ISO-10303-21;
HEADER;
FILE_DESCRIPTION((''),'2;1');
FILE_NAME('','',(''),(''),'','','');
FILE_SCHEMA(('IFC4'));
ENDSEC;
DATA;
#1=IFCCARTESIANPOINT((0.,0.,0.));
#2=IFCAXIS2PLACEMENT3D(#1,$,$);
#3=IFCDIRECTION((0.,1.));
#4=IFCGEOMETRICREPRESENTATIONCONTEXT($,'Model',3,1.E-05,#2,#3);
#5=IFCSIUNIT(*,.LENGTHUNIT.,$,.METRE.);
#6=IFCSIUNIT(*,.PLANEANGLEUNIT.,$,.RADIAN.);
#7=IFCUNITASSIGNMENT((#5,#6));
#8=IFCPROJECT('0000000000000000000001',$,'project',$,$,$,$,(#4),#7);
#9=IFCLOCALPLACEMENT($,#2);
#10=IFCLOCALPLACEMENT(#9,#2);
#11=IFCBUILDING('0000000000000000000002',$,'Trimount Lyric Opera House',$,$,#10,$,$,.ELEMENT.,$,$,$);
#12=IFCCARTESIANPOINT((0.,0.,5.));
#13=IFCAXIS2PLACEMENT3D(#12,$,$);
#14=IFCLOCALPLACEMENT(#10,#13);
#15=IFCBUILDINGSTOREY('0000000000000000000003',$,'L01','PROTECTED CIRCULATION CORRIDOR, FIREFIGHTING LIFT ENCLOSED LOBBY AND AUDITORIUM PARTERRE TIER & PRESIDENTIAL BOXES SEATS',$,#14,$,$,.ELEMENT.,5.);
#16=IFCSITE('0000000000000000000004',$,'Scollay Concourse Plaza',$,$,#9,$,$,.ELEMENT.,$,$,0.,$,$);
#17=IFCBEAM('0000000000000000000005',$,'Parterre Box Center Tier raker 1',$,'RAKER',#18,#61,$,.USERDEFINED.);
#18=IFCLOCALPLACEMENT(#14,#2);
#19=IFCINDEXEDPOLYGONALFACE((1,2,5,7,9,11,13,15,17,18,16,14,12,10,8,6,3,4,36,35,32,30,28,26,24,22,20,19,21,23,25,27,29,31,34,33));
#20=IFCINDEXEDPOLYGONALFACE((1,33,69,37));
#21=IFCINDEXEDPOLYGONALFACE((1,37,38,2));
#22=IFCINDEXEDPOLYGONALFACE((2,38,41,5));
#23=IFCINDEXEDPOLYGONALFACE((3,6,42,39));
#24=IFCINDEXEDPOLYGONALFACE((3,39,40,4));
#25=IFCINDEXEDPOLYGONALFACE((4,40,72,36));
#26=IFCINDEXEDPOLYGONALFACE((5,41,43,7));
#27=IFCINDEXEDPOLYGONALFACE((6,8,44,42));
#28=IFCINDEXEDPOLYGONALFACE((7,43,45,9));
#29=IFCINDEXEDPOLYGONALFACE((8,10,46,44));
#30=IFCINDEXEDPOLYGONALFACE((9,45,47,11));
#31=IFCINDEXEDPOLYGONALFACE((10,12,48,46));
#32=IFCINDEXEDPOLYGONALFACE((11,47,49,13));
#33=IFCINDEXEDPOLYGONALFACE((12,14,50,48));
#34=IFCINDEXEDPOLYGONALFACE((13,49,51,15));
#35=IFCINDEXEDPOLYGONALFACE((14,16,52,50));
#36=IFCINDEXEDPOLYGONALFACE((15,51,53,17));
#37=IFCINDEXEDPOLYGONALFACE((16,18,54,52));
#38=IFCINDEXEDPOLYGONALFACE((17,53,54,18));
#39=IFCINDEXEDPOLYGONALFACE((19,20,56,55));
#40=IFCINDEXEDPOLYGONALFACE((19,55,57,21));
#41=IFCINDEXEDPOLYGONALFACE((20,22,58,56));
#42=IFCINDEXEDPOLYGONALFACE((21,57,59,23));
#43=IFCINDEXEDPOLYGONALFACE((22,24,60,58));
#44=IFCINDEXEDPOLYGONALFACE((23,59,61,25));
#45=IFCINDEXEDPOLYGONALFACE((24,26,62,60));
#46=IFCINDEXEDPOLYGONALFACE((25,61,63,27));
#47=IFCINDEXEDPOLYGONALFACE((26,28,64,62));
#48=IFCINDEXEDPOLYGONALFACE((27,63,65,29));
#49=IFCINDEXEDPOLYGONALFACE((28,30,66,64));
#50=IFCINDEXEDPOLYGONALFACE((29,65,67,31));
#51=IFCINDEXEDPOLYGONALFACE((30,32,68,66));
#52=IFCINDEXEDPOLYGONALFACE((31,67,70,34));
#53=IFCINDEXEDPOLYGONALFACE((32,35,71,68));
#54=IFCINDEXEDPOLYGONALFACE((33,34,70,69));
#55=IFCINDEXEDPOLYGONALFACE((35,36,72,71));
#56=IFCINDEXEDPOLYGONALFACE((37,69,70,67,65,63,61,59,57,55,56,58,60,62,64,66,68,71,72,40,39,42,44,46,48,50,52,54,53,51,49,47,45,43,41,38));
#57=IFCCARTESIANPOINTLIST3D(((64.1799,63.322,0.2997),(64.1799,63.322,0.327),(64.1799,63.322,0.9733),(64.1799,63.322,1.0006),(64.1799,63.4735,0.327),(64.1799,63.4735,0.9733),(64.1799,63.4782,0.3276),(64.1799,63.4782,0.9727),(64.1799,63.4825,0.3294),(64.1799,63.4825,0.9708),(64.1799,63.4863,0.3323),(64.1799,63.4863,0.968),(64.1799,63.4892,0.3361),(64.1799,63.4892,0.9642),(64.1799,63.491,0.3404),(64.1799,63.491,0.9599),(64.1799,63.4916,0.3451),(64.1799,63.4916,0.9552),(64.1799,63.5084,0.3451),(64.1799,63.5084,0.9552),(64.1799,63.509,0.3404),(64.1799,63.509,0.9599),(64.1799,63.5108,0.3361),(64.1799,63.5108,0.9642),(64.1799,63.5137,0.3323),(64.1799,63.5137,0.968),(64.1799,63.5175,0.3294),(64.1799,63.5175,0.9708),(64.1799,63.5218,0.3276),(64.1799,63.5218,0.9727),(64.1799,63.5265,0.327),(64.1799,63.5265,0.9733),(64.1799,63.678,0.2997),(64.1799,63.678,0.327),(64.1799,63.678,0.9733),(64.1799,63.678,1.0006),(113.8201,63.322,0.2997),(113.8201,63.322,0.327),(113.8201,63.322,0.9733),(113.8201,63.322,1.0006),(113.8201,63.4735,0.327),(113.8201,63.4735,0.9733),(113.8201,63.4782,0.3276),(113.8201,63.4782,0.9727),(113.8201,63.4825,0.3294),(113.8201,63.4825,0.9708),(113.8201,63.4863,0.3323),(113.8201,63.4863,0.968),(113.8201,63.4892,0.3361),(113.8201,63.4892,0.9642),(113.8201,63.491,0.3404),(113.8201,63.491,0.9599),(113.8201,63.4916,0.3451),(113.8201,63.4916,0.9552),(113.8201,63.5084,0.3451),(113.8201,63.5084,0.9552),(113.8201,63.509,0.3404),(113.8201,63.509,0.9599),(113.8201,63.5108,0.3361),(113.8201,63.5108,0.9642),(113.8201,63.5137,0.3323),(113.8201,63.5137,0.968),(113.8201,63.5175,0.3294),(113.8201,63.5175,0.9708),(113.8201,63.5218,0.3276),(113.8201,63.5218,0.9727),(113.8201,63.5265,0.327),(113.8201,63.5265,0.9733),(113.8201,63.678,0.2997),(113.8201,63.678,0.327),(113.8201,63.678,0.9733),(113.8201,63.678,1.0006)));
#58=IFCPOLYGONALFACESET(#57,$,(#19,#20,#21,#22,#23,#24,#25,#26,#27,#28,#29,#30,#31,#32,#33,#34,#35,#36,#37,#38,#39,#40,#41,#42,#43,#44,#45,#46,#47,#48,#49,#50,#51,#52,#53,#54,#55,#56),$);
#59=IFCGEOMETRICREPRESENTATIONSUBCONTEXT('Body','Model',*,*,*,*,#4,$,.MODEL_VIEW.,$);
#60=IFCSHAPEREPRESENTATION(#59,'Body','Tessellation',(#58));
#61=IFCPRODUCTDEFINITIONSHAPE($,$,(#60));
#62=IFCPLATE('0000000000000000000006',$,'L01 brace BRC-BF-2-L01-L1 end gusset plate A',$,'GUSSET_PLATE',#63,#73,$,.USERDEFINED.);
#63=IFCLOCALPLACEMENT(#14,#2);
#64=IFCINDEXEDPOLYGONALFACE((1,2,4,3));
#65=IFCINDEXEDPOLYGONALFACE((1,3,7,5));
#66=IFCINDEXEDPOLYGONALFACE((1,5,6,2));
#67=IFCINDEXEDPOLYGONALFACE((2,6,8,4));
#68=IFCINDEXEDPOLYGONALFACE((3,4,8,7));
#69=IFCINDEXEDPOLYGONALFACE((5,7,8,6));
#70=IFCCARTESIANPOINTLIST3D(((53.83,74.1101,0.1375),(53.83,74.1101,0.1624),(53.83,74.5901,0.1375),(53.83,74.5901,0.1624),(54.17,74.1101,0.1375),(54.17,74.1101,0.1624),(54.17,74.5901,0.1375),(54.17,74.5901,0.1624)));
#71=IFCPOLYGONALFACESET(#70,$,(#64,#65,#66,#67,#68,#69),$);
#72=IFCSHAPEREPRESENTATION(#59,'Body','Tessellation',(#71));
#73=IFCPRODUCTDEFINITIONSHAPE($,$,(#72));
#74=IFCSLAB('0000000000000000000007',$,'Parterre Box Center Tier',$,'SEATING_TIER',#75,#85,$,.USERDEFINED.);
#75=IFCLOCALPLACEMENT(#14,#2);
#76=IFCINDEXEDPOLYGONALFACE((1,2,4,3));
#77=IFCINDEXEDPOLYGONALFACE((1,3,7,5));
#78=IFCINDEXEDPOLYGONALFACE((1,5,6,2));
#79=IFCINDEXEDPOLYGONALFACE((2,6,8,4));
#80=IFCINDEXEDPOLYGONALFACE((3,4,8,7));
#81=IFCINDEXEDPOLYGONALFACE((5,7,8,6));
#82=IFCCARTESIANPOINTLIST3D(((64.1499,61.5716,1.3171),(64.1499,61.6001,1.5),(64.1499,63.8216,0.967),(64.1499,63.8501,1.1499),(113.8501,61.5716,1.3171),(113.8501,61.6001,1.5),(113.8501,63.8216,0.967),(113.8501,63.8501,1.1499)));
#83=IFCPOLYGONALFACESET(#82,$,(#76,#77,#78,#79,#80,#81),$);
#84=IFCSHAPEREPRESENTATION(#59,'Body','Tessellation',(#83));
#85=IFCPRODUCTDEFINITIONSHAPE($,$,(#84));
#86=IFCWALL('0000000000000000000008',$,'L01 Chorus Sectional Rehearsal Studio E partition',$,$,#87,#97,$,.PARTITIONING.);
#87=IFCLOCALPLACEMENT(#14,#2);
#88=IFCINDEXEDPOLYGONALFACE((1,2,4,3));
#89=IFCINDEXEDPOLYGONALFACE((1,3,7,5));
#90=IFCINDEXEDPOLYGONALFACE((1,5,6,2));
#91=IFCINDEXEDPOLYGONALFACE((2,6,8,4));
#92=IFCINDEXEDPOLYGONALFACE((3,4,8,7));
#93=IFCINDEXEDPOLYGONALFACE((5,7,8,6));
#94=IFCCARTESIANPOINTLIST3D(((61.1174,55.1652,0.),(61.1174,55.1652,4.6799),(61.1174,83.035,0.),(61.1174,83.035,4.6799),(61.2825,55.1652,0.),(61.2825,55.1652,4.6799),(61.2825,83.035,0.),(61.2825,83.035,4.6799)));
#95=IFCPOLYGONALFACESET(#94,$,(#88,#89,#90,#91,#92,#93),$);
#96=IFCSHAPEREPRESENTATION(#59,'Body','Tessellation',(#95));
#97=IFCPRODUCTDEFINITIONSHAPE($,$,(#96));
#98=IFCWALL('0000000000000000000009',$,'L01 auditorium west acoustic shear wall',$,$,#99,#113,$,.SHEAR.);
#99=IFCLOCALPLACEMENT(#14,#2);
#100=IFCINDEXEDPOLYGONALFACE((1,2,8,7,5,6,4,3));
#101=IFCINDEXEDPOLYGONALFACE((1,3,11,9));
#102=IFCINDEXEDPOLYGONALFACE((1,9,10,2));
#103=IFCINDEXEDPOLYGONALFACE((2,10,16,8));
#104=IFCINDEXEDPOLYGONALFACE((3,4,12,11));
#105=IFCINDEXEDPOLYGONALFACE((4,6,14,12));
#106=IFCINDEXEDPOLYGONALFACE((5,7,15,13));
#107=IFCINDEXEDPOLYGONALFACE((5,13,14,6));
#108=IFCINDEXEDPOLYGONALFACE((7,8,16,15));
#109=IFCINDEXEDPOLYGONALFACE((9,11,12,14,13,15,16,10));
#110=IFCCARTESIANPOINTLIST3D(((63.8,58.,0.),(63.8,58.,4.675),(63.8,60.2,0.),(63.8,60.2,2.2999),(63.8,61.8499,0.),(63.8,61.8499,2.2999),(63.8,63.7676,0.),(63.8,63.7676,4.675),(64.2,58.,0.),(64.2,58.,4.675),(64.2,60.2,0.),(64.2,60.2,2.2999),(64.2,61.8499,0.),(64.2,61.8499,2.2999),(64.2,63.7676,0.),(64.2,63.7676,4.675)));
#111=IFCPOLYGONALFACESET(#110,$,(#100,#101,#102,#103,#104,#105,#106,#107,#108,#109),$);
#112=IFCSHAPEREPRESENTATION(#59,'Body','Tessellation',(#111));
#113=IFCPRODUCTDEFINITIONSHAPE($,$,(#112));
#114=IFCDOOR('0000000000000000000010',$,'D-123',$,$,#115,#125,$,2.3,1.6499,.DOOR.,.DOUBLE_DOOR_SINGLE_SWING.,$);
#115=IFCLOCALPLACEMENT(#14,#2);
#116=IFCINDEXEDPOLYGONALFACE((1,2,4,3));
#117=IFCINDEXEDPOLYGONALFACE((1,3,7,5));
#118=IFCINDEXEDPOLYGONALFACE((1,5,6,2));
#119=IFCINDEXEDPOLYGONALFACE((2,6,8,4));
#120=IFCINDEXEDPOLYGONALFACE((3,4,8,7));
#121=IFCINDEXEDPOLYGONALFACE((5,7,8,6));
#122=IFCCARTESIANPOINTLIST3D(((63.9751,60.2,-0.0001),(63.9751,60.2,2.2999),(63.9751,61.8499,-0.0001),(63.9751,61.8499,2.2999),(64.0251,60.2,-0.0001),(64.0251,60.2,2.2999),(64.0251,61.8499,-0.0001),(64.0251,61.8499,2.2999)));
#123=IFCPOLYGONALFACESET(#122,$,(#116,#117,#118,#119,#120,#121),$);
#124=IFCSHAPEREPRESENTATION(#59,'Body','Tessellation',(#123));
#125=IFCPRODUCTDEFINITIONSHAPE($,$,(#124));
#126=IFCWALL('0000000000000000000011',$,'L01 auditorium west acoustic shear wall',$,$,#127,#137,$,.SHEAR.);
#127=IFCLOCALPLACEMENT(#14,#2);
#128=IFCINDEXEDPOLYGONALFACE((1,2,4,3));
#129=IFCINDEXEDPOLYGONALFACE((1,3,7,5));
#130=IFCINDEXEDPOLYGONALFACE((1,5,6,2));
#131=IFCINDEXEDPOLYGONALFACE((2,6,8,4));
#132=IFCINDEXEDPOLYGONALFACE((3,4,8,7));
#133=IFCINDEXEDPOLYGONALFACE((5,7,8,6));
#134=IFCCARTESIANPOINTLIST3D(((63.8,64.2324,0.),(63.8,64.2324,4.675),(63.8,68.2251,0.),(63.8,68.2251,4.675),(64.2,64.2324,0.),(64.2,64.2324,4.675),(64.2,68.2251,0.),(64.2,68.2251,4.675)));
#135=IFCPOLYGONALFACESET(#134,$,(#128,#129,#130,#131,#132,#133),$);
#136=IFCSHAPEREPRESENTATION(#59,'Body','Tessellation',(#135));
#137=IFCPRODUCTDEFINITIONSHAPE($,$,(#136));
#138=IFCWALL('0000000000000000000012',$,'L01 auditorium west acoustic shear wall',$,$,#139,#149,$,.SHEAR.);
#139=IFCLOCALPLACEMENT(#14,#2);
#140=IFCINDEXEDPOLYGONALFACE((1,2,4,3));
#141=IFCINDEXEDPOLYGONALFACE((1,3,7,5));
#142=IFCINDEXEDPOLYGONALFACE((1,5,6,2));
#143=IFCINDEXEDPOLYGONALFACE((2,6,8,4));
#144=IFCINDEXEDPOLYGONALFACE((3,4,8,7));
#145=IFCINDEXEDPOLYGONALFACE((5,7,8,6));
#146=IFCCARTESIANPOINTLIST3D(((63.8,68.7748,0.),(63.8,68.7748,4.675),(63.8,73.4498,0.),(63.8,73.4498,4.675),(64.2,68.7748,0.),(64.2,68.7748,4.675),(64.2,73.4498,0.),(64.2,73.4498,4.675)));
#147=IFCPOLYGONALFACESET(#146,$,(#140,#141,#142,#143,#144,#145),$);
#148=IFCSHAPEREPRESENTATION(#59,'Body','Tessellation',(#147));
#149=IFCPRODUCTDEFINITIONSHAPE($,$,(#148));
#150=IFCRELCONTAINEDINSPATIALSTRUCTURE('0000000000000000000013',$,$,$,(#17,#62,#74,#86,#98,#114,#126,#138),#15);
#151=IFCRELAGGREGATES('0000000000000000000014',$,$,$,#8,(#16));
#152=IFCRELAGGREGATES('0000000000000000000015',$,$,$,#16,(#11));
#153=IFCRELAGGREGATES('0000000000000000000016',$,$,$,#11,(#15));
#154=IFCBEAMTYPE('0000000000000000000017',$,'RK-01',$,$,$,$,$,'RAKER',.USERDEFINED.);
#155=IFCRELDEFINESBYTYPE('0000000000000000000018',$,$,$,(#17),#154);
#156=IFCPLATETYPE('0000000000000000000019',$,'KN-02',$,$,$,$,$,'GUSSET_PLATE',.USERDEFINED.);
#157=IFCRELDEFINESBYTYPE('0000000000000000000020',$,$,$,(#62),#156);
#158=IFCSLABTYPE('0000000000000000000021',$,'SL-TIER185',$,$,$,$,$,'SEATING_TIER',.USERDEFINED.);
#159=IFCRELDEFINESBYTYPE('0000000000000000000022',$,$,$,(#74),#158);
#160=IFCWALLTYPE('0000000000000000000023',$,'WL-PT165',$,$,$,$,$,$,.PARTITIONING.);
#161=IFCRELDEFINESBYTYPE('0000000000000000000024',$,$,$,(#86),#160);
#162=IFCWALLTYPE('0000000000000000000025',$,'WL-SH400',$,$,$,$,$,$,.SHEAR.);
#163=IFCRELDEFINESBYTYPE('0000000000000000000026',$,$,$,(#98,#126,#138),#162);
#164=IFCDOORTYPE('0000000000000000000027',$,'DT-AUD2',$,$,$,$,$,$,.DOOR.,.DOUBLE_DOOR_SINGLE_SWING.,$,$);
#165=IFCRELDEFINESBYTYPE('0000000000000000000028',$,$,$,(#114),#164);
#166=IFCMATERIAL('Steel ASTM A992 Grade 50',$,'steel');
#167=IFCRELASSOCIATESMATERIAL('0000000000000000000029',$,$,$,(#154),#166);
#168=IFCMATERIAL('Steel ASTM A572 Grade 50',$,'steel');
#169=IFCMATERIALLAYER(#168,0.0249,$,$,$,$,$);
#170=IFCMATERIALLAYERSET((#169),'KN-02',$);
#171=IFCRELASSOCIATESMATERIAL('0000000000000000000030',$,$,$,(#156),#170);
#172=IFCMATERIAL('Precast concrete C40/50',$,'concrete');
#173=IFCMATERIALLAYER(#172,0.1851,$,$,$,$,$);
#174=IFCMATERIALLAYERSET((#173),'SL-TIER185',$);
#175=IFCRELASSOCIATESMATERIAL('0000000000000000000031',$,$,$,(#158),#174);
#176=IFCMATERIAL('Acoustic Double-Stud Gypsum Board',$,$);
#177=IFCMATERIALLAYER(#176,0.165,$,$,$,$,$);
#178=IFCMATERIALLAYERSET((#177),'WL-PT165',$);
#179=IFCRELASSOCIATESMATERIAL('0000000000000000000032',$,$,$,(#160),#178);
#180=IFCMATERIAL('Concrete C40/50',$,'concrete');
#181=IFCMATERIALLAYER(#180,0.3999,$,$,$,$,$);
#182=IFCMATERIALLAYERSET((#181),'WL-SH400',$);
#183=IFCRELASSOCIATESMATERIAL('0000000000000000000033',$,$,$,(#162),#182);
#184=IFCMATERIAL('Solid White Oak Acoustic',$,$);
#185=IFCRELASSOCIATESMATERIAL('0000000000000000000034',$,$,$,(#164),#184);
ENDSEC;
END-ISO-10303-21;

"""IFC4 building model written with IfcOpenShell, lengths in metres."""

from ifc_helpers import new_model, si_unit, direction, frame, frame_2d, origin, origin_2d, place, context, subcontext, project, spatial, polyline, rectangle, i_section, outline, extrude, material, layer, layer_set, material_profile, profile_set, type_object, element, fill, save


model = new_model("IFC4")

# Units and contexts
model_context = context("Model", 3, precision=1e-05, world=origin(), true_north=direction((0.0, 1.0)))
body_context = subcontext(model_context, "Body", "Model", "MODEL_VIEW")
ifc_project = project(units=[si_unit("LENGTHUNIT", "METRE"), si_unit("PLANEANGLEUNIT", "RADIAN")], contexts=[model_context])

# Site, building, storey
site_placement = place(None, origin())
site = spatial("IfcSite", under=ifc_project, at=site_placement, Name="Scollay Concourse Plaza", CompositionType="ELEMENT", RefElevation=0.0)
building_placement = place(site_placement, origin())
building = spatial("IfcBuilding", under=site, at=building_placement, Name="Trimount Lyric Opera House", CompositionType="ELEMENT")
storey_placement = place(building_placement, frame((0.0, 0.0, 5.0)))
storey = spatial("IfcBuildingStorey", under=building, at=storey_placement, Name="L01", Description="PROTECTED CIRCULATION CORRIDOR, FIREFIGHTING LIFT ENCLOSED LOBBY AND AUDITORIUM PARTERRE TIER & PRESIDENTIAL BOXES SEATS", CompositionType="ELEMENT", Elevation=5.0)

# Beam
ifc_material_1 = material(Name="Steel ASTM A992 Grade 50", Category="steel")
ifc_material_profile_1 = material_profile(ifc_material_1, i_section(OverallWidth=0.356, OverallDepth=0.7009, WebThickness=0.0168, FlangeThickness=0.0273, FilletRadius=0.0181, at=origin_2d()), Name="W27X161")
ifc_profile_set_1 = profile_set([ifc_material_profile_1], Name="Steel ASTM A992 Grade 50")
beam_type_1 = type_object("IfcBeamType", Name="RK-01", ElementType="RAKER", PredefinedType="USERDEFINED", material=ifc_profile_set_1)
beam_1_placement = place(storey_placement, frame((64.1799, 63.5, 0.6501), z_axis=(1.0, 0.0, 0.0), x_axis=(0.0, 1.0, 0.0)))
element("IfcBeam", 1, at=beam_1_placement, inside=storey, type_object=beam_type_1, Name="Parterre Box Center Tier raker 1", ObjectType="RAKER", PredefinedType="USERDEFINED", context=body_context, shape_type="SweptSolid", body=[
    extrude(i_section(OverallWidth=0.356, OverallDepth=0.7009, WebThickness=0.0168, FlangeThickness=0.0273, FilletRadius=0.0181, at=origin_2d()), origin(), (0.0, 0.0, 1.0), 49.6401),
])

# Plate
ifc_material_2 = material(Name="Steel ASTM A572 Grade 50", Category="steel")
ifc_layer_1 = layer(ifc_material_2, 0.0249)
ifc_layer_set_1 = layer_set([ifc_layer_1], Name="KN-02")
plate_type = type_object("IfcPlateType", Name="KN-02", ElementType="GUSSET_PLATE", PredefinedType="USERDEFINED", material=ifc_layer_set_1)
plate_placement = place(storey_placement, frame((54.0, 74.3501, 0.1375), z_axis=(0.0, 0.0, 1.0), x_axis=(0.0, 1.0, 0.0)))
element("IfcPlate", 2, at=plate_placement, inside=storey, type_object=plate_type, Name="L01 brace BRC-BF-2-L01-L1 end gusset plate A", ObjectType="GUSSET_PLATE", PredefinedType="USERDEFINED", context=body_context, shape_type="SweptSolid", body=[
    extrude(rectangle(XDim=0.48, YDim=0.3401, at=origin_2d()), origin(), (0.0, 0.0, 1.0), 0.0249),
])

# Slab
ifc_material_3 = material(Name="Precast concrete C40/50", Category="concrete")
ifc_layer_2 = layer(ifc_material_3, 0.1851)
ifc_layer_set_2 = layer_set([ifc_layer_2], Name="SL-TIER185")
slab_type = type_object("IfcSlabType", Name="SL-TIER185", ElementType="SEATING_TIER", PredefinedType="USERDEFINED", material=ifc_layer_set_2)
slab_placement = place(storey_placement, frame((64.1499, 63.8501, 1.1499), z_axis=(0.0, 0.153749, 0.98811), x_axis=(1.0, 0.0, 0.0)))
element("IfcSlab", 3, at=slab_placement, inside=storey, type_object=slab_type, Name="Parterre Box Center Tier", ObjectType="SEATING_TIER", PredefinedType="USERDEFINED", context=body_context, shape_type="SweptSolid", body=[
    extrude(outline(polyline([(0.0, 0.0), (49.7002, 0.0), (49.7002, -2.2771), (0.0, -2.2771), (0.0, 0.0)])), origin(), (0.0, 0.0, -1.0), 0.1851),
])

# Wall
ifc_material_4 = material(Name="Acoustic Double-Stud Gypsum Board")
ifc_layer_3 = layer(ifc_material_4, 0.165)
ifc_layer_set_3 = layer_set([ifc_layer_3], Name="WL-PT165")
wall_type_1 = type_object("IfcWallType", Name="WL-PT165", PredefinedType="PARTITIONING", material=ifc_layer_set_3)
wall_1_placement = place(storey_placement, frame((61.2, 55.165, 0.0), z_axis=(0.0, 0.0, 1.0), x_axis=(0.0, 1.0, 0.0)))
element("IfcWall", 4, at=wall_1_placement, inside=storey, type_object=wall_type_1, Name="L01 Chorus Sectional Rehearsal Studio E partition", PredefinedType="PARTITIONING", context=body_context, shape_type="SweptSolid", body=[
    extrude(rectangle(XDim=27.8699, YDim=0.165, at=frame_2d((13.9351, 0.0))), origin(), (0.0, 0.0, 1.0), 4.6799),
])

# Wall, opening, door
ifc_material_5 = material(Name="Concrete C40/50", Category="concrete")
ifc_layer_4 = layer(ifc_material_5, 0.3999)
ifc_layer_set_4 = layer_set([ifc_layer_4], Name="WL-SH400")
wall_type_2 = type_object("IfcWallType", Name="WL-SH400", PredefinedType="SHEAR", material=ifc_layer_set_4)
wall_2_placement = place(storey_placement, frame((64.0, 58.0, 0.0), z_axis=(0.0, 0.0, 1.0), x_axis=(0.0, 1.0, 0.0)))
wall_2 = element("IfcWall", 5, at=wall_2_placement, inside=storey, type_object=wall_type_2, Name="L01 auditorium west acoustic shear wall", PredefinedType="SHEAR", context=body_context, shape_type="SweptSolid", body=[
    extrude(rectangle(XDim=5.7676, YDim=0.3999, at=frame_2d((2.8838, 0.0))), origin(), (0.0, 0.0, 1.0), 4.675),
])
opening_placement = place(wall_2_placement, frame((2.2, 0.0, 0.0)))
opening = element("IfcOpeningElement", 6, at=opening_placement, cuts=wall_2, PredefinedType="OPENING", context=body_context, shape_type="SweptSolid", body=[
    extrude(rectangle(XDim=1.6499, YDim=2.3, at=frame_2d((0.825, 1.1499))), frame((0.0, 0.21, 0.0), z_axis=(0.0, -1.0, 0.0), x_axis=(1.0, 0.0, 0.0)), (0.0, 0.0, 1.0), 0.4199),
])
ifc_material_6 = material(Name="Solid White Oak Acoustic")
door_type = type_object("IfcDoorType", Name="DT-AUD2", OperationType="DOUBLE_DOOR_SINGLE_SWING", PredefinedType="DOOR", material=ifc_material_6)
door_placement = place(opening_placement, origin())
door = element("IfcDoor", 7, at=door_placement, inside=storey, type_object=door_type, Name="D-123", OperationType="DOUBLE_DOOR_SINGLE_SWING", OverallHeight=2.3, OverallWidth=1.6499, PredefinedType="DOOR", context=body_context, shape_type="SweptSolid", body=[
    extrude(rectangle(XDim=1.6499, YDim=2.3, at=frame_2d((0.825, 1.1499))), frame((0.0, 0.0249, 0.0), z_axis=(0.0, -1.0, 0.0), x_axis=(1.0, 0.0, 0.0)), (0.0, 0.0, 1.0), 0.05),
])
fill(opening, door)

# Walls
wall_3_placement = place(storey_placement, frame((64.0, 64.2324, 0.0), z_axis=(0.0, 0.0, 1.0), x_axis=(0.0, 1.0, 0.0)))
element("IfcWall", 8, at=wall_3_placement, inside=storey, type_object=wall_type_2, Name="L01 auditorium west acoustic shear wall", PredefinedType="SHEAR", context=body_context, shape_type="SweptSolid", body=[
    extrude(rectangle(XDim=3.9927, YDim=0.3999, at=frame_2d((1.9963, 0.0))), origin(), (0.0, 0.0, 1.0), 4.675),
])
wall_4_placement = place(storey_placement, frame((64.0, 68.7749, 0.0), z_axis=(0.0, 0.0, 1.0), x_axis=(0.0, 1.0, 0.0)))
element("IfcWall", 9, at=wall_4_placement, inside=storey, type_object=wall_type_2, Name="L01 auditorium west acoustic shear wall", PredefinedType="SHEAR", context=body_context, shape_type="SweptSolid", body=[
    extrude(rectangle(XDim=4.675, YDim=0.3999, at=frame_2d((2.3374, 0.0))), origin(), (0.0, 0.0, 1.0), 4.675),
])

save(model, "model.ifc")
